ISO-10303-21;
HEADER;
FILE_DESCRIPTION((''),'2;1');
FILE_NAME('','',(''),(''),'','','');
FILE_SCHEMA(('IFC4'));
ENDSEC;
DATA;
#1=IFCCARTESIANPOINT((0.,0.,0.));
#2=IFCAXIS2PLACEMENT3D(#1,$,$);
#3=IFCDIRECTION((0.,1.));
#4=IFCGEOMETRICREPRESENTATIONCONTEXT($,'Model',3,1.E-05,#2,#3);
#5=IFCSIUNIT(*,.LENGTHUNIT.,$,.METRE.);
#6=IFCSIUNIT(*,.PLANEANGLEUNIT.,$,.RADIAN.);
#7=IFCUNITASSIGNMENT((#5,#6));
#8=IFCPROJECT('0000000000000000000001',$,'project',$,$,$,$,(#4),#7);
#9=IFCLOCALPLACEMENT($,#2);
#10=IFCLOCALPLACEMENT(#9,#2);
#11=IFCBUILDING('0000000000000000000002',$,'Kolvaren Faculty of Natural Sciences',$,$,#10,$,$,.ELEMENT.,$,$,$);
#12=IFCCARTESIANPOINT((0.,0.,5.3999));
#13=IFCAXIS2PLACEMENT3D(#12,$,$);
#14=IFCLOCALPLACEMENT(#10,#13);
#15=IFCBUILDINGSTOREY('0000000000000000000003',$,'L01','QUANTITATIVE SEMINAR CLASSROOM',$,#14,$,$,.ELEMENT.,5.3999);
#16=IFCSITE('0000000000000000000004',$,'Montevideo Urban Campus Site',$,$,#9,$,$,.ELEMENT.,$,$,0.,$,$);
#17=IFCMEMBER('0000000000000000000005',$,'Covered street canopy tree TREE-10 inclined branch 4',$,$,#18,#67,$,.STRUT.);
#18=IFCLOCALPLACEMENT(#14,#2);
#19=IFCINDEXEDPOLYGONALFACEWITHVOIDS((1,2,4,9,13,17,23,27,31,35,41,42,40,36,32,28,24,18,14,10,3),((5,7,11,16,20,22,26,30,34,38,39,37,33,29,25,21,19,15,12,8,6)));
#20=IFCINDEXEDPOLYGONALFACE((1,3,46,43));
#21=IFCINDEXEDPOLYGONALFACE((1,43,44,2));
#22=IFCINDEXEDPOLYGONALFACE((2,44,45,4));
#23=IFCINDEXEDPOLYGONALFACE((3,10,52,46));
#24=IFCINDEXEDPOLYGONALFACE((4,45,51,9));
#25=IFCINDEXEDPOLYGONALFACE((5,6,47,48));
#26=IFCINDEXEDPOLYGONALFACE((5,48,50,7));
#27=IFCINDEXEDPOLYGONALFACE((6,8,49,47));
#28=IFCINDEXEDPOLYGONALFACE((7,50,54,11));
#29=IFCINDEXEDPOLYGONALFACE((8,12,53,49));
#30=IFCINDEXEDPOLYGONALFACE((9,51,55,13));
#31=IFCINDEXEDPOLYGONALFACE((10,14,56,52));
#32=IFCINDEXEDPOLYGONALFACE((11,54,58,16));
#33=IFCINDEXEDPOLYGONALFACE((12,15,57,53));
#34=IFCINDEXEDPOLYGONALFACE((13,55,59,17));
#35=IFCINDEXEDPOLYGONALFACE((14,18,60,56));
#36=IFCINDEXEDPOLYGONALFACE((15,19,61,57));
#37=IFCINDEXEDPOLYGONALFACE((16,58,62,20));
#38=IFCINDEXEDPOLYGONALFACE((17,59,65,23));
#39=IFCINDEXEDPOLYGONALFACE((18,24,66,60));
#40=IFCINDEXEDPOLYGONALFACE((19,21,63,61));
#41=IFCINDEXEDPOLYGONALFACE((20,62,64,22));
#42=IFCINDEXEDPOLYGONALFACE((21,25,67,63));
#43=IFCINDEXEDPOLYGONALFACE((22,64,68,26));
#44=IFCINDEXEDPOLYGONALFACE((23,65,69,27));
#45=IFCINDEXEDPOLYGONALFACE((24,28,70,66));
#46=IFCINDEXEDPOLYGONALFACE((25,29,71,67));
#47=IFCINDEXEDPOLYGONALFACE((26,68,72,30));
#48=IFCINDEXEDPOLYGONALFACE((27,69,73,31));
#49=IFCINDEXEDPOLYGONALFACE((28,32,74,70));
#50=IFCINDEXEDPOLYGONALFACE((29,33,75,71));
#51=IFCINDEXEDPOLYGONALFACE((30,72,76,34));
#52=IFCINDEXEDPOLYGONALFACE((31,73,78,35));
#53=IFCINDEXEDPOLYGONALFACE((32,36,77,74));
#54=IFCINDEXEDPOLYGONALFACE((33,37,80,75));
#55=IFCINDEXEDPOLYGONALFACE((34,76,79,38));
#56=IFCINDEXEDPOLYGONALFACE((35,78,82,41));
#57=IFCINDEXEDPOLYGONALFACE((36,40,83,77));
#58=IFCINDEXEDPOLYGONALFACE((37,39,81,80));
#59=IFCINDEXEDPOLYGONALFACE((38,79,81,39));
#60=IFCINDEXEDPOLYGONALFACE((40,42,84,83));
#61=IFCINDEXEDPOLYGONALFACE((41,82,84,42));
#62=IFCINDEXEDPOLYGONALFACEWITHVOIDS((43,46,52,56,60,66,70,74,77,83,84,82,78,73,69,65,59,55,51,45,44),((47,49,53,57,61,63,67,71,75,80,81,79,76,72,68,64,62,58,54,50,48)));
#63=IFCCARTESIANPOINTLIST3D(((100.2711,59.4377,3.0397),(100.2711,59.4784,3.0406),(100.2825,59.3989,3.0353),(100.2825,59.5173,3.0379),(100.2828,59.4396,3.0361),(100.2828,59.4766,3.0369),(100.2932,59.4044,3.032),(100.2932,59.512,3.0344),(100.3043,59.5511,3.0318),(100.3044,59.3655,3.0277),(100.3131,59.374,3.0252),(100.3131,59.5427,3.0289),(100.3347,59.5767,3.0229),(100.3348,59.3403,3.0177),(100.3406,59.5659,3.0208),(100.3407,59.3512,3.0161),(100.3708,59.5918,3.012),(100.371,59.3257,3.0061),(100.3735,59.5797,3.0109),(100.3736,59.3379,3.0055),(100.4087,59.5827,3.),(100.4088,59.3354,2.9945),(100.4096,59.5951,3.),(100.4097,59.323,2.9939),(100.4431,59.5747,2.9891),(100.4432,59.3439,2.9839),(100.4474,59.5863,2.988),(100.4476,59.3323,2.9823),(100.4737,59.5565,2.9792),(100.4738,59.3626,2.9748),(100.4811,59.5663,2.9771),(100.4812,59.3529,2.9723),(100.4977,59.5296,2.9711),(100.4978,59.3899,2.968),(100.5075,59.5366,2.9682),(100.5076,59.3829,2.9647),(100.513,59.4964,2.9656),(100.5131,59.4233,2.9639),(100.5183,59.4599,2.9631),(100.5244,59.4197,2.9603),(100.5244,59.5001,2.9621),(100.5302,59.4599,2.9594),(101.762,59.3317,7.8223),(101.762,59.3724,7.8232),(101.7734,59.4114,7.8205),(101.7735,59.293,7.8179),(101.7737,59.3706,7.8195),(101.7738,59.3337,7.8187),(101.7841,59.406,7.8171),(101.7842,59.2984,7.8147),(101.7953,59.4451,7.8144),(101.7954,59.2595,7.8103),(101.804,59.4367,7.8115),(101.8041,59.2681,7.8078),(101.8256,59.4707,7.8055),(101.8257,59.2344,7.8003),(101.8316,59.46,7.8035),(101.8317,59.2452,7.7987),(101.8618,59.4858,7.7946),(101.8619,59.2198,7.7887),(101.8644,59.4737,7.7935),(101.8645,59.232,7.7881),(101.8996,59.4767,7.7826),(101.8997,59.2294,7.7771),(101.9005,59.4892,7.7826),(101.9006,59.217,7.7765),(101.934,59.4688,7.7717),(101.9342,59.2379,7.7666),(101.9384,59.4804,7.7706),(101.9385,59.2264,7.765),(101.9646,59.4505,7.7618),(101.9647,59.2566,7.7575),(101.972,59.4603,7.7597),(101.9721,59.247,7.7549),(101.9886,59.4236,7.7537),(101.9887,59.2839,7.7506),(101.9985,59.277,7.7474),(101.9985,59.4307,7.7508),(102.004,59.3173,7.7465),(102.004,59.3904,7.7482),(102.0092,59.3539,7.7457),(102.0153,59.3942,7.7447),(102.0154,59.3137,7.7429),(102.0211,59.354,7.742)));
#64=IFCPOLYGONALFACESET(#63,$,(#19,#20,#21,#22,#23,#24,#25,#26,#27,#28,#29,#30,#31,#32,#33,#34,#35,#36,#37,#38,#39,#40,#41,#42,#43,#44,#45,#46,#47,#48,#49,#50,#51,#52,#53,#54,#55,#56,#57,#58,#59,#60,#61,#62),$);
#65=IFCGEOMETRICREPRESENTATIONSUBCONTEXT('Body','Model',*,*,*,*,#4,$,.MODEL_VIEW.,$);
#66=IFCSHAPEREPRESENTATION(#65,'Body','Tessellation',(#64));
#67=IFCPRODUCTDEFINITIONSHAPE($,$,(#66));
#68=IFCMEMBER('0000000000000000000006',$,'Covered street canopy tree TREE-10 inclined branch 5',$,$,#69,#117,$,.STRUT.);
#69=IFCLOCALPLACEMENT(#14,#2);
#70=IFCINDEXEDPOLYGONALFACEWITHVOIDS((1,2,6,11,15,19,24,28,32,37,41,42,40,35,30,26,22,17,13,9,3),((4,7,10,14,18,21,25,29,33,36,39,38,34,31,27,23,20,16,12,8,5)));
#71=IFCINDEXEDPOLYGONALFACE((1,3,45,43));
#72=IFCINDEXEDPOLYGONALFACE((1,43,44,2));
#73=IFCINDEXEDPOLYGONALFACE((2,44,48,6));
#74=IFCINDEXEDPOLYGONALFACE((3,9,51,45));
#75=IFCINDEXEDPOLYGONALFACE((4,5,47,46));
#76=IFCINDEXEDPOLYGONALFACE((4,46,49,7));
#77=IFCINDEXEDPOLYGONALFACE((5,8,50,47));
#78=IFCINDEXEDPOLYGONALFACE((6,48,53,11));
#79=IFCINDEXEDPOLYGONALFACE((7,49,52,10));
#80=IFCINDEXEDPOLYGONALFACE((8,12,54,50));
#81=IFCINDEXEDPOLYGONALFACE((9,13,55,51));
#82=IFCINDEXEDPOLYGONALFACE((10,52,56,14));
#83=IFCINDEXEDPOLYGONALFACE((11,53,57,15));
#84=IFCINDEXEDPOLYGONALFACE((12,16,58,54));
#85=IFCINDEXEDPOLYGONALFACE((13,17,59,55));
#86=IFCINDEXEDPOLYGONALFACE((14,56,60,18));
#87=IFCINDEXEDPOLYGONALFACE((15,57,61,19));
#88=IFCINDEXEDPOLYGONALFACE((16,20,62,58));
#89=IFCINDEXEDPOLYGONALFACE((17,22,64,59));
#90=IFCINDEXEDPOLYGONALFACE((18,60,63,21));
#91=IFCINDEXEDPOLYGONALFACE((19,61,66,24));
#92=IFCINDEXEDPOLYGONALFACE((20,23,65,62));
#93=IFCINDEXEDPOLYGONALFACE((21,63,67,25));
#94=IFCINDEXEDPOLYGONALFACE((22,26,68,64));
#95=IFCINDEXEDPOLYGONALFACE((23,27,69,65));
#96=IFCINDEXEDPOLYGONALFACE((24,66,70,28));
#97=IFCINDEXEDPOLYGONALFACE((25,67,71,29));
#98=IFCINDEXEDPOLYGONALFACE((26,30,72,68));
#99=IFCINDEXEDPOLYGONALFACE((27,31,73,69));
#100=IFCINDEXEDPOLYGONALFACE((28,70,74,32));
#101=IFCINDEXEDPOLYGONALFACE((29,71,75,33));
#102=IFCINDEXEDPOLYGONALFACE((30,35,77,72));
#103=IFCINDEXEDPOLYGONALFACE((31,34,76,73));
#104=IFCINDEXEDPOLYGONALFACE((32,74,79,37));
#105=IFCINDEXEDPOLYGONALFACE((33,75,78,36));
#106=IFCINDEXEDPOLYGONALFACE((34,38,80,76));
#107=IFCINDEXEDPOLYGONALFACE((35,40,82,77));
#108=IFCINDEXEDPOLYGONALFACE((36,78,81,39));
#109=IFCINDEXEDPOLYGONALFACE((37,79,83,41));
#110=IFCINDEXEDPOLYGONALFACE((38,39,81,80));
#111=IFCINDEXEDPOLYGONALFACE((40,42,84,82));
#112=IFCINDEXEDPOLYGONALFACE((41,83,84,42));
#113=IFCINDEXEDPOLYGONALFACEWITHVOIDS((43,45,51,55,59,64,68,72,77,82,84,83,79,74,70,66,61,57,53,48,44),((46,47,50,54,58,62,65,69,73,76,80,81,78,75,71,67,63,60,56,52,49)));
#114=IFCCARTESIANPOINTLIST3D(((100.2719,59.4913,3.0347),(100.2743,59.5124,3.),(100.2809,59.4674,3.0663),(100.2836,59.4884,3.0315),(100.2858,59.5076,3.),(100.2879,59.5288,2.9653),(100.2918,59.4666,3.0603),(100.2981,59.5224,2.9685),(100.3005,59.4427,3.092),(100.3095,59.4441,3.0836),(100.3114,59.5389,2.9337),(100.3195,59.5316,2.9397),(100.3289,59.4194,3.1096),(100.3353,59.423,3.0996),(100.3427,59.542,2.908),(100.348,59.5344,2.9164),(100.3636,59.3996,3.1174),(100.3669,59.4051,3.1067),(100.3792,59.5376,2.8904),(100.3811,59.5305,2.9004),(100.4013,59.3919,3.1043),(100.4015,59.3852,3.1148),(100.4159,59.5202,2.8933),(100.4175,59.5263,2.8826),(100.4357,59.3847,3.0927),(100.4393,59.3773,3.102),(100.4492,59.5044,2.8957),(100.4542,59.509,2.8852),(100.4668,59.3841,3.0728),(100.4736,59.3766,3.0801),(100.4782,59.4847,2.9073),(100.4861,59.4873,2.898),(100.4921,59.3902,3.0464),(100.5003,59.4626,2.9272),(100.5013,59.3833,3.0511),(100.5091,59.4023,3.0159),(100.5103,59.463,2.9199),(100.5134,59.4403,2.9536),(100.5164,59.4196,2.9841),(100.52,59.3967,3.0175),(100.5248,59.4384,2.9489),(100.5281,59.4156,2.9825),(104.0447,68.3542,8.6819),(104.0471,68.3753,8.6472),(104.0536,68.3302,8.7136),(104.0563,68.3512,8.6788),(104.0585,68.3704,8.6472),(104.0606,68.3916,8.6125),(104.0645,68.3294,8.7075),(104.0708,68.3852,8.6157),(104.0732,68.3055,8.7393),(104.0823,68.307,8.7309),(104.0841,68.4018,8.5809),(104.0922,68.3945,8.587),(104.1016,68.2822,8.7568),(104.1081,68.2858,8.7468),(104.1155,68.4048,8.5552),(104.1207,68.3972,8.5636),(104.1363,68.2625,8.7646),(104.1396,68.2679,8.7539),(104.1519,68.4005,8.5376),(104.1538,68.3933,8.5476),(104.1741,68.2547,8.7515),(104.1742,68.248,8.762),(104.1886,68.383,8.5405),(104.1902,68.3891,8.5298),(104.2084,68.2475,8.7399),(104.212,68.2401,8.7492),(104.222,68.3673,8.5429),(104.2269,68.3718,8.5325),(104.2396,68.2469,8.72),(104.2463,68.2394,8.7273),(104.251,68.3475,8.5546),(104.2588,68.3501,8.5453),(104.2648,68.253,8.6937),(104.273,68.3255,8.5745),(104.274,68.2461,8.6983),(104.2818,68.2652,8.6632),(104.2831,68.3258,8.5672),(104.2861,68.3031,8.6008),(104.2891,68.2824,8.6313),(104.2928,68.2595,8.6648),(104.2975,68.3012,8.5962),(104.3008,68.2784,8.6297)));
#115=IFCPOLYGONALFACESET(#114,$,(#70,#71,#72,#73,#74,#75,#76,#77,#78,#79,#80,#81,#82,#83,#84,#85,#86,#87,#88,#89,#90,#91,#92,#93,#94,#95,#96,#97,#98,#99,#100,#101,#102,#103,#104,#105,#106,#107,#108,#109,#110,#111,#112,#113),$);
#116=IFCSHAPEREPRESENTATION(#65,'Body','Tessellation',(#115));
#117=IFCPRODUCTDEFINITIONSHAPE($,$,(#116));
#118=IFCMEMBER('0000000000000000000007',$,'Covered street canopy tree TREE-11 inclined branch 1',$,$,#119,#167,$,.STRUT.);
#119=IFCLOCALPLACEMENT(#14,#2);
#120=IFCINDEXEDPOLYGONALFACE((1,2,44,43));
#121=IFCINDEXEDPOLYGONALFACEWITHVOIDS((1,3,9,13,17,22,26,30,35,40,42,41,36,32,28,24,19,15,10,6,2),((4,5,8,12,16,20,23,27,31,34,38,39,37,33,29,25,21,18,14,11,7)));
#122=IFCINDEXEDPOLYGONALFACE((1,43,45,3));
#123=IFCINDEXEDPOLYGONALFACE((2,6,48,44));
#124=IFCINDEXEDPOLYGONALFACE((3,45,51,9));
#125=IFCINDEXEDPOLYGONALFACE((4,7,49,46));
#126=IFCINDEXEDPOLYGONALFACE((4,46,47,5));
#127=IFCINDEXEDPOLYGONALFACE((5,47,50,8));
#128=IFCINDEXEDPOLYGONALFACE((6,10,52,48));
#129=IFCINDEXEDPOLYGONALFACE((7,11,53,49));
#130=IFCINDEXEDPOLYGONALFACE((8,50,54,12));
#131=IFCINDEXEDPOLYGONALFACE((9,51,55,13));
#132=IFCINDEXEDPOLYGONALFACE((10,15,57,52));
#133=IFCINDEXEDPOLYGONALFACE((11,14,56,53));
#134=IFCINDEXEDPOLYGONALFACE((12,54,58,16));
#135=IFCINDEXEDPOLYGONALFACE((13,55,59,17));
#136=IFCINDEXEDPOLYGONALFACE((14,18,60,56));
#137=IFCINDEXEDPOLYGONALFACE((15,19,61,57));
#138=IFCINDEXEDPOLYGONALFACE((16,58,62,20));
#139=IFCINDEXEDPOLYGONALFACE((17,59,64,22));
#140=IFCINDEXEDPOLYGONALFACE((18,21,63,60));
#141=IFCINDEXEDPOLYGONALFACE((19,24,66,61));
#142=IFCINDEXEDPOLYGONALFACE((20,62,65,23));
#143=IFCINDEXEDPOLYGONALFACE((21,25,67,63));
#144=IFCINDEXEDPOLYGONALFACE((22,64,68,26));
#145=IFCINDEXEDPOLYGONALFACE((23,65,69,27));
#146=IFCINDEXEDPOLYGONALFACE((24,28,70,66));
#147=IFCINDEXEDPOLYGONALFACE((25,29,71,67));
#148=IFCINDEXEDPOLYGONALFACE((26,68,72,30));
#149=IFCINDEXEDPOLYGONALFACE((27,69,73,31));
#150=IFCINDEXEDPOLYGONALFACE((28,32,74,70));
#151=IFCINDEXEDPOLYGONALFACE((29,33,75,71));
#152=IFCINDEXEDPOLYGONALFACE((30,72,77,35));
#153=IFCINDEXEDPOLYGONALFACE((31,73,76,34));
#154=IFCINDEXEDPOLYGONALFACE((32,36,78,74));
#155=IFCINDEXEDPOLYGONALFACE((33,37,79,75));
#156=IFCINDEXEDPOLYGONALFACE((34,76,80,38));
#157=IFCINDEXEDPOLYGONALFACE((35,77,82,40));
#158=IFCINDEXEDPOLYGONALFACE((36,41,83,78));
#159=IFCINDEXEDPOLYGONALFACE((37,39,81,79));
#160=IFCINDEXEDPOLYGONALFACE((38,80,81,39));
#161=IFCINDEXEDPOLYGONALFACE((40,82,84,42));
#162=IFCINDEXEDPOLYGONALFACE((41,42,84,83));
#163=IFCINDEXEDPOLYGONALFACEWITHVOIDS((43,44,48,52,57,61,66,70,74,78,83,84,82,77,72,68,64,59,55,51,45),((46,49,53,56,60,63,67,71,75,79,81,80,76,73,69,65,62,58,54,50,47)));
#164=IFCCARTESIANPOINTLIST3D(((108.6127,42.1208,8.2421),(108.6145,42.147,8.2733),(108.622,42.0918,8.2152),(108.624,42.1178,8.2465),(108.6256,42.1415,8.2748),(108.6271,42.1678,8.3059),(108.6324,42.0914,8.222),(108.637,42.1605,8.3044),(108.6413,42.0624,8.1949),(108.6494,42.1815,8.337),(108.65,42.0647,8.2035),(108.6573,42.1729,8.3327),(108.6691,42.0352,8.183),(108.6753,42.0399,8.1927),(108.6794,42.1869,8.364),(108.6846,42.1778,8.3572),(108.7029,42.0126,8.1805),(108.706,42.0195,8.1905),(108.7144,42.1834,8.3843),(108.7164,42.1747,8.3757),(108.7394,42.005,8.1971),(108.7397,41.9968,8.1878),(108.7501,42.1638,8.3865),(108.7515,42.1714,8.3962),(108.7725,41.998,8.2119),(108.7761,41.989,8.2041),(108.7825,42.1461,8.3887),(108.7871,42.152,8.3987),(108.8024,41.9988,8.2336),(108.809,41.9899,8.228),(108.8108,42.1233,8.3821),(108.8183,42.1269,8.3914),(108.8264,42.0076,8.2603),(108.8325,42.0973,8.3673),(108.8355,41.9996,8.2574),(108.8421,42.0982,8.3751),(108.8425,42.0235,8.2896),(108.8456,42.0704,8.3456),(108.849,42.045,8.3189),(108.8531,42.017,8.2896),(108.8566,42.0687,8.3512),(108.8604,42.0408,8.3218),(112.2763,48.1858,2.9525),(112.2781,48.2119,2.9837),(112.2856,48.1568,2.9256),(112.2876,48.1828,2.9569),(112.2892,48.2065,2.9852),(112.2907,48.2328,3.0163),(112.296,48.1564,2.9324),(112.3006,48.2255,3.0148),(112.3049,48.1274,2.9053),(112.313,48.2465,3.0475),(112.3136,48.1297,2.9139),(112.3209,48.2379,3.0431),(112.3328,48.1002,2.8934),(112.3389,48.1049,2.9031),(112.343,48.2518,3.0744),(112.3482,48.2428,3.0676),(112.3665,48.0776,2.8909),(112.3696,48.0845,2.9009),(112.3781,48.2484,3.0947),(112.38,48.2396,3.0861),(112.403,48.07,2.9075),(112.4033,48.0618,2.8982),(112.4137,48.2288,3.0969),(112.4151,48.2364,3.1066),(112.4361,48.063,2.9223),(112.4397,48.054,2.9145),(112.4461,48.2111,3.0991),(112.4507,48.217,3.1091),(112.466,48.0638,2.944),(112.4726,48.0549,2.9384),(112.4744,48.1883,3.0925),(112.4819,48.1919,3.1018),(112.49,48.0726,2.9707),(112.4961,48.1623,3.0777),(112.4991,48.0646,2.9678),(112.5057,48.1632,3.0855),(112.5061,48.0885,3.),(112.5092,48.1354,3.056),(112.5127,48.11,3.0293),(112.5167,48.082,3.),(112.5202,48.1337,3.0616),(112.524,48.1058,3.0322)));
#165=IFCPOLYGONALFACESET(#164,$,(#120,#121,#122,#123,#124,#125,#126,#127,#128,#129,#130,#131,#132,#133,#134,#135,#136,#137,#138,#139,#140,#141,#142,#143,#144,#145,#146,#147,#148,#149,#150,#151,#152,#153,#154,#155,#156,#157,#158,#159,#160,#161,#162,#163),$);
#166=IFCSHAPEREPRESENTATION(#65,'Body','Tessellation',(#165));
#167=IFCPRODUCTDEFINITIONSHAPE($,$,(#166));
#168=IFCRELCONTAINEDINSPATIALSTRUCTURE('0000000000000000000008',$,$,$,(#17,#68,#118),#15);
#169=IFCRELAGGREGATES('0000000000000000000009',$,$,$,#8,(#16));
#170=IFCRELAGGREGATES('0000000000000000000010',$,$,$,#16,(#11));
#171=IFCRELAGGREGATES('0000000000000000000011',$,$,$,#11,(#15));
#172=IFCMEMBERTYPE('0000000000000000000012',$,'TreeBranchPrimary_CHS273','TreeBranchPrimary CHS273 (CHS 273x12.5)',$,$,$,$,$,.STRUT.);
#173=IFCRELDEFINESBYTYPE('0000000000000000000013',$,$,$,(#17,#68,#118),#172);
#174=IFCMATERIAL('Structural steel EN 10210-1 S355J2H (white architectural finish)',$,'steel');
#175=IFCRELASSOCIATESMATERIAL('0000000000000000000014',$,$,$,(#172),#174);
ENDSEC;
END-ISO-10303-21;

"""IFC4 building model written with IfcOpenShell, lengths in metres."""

from ifc_helpers import new_model, si_unit, direction, frame, origin, origin_2d, place, context, subcontext, project, spatial, hollow_circle, extrude, material, material_profile, profile_set, type_object, element, save


model = new_model("IFC4")

# Units and contexts
model_context = context("Model", 3, precision=1e-05, world=origin(), true_north=direction((0.0, 1.0)))
body_context = subcontext(model_context, "Body", "Model", "MODEL_VIEW")
ifc_project = project(units=[si_unit("LENGTHUNIT", "METRE"), si_unit("PLANEANGLEUNIT", "RADIAN")], contexts=[model_context])

# Site, building, storey
site_placement = place(None, origin())
site = spatial("IfcSite", under=ifc_project, at=site_placement, Name="Montevideo Urban Campus Site", CompositionType="ELEMENT", RefElevation=0.0)
building_placement = place(site_placement, origin())
building = spatial("IfcBuilding", under=site, at=building_placement, Name="Kolvaren Faculty of Natural Sciences", CompositionType="ELEMENT")
storey_placement = place(building_placement, frame((0.0, 0.0, 5.3999)))
storey = spatial("IfcBuildingStorey", under=building, at=storey_placement, Name="L01", Description="QUANTITATIVE SEMINAR CLASSROOM", CompositionType="ELEMENT", Elevation=5.3999)

# Members
ifc_material_1 = material(Name="Structural steel EN 10210-1 S355J2H (white architectural finish)", Category="steel")
ifc_material_profile_1 = material_profile(ifc_material_1, hollow_circle(Radius=0.1365, WallThickness=0.0125, at=origin_2d()), Name="CHS 273x12.5")
ifc_profile_set_1 = profile_set([ifc_material_profile_1], Name="Structural steel EN 10210-1 S355J2H (white architectural finish)")
member_type = type_object("IfcMemberType", Name="TreeBranchPrimary_CHS273", Description="TreeBranchPrimary CHS273 (CHS 273x12.5)", PredefinedType="STRUT", material=ifc_profile_set_1)
member_1_placement = place(storey_placement, frame((100.3999, 59.459, 3.0), z_axis=(0.297548, -0.021146, 0.954473), x_axis=(0.070887, 0.997484, 0.0)))
element("IfcMember", 1, at=member_1_placement, inside=storey, type_object=member_type, Name="Covered street canopy tree TREE-10 inclined branch 4", PredefinedType="STRUT", context=body_context, shape_type="SweptSolid", body=[
    extrude(hollow_circle(Radius=0.1365, WallThickness=0.0125, at=origin_2d()), origin(), (0.0, 0.0, 1.0), 5.0107),
])
member_2_placement = place(storey_placement, frame((100.3999, 59.459, 3.0), z_axis=(0.337883, 0.79375, 0.505763), x_axis=(-0.920106, 0.39167, 0.0)))
element("IfcMember", 2, at=member_2_placement, inside=storey, type_object=member_type, Name="Covered street canopy tree TREE-10 inclined branch 5", PredefinedType="STRUT", context=body_context, shape_type="SweptSolid", body=[
    extrude(hollow_circle(Radius=0.1365, WallThickness=0.0125, at=origin_2d()), origin(), (0.0, 0.0, 1.0), 11.1658),
])
member_3_placement = place(storey_placement, frame((112.3999, 48.1526, 3.0), z_axis=(-0.414328, -0.685908, 0.598216), x_axis=(0.855957, -0.517047, 0.0)))
element("IfcMember", 3, at=member_3_placement, inside=storey, type_object=member_type, Name="Covered street canopy tree TREE-11 inclined branch 1", PredefinedType="STRUT", context=body_context, shape_type="SweptSolid", body=[
    extrude(hollow_circle(Radius=0.1365, WallThickness=0.0125, at=origin_2d()), origin(), (0.0, 0.0, 1.0), 8.8423),
])

save(model, "model.ifc")
